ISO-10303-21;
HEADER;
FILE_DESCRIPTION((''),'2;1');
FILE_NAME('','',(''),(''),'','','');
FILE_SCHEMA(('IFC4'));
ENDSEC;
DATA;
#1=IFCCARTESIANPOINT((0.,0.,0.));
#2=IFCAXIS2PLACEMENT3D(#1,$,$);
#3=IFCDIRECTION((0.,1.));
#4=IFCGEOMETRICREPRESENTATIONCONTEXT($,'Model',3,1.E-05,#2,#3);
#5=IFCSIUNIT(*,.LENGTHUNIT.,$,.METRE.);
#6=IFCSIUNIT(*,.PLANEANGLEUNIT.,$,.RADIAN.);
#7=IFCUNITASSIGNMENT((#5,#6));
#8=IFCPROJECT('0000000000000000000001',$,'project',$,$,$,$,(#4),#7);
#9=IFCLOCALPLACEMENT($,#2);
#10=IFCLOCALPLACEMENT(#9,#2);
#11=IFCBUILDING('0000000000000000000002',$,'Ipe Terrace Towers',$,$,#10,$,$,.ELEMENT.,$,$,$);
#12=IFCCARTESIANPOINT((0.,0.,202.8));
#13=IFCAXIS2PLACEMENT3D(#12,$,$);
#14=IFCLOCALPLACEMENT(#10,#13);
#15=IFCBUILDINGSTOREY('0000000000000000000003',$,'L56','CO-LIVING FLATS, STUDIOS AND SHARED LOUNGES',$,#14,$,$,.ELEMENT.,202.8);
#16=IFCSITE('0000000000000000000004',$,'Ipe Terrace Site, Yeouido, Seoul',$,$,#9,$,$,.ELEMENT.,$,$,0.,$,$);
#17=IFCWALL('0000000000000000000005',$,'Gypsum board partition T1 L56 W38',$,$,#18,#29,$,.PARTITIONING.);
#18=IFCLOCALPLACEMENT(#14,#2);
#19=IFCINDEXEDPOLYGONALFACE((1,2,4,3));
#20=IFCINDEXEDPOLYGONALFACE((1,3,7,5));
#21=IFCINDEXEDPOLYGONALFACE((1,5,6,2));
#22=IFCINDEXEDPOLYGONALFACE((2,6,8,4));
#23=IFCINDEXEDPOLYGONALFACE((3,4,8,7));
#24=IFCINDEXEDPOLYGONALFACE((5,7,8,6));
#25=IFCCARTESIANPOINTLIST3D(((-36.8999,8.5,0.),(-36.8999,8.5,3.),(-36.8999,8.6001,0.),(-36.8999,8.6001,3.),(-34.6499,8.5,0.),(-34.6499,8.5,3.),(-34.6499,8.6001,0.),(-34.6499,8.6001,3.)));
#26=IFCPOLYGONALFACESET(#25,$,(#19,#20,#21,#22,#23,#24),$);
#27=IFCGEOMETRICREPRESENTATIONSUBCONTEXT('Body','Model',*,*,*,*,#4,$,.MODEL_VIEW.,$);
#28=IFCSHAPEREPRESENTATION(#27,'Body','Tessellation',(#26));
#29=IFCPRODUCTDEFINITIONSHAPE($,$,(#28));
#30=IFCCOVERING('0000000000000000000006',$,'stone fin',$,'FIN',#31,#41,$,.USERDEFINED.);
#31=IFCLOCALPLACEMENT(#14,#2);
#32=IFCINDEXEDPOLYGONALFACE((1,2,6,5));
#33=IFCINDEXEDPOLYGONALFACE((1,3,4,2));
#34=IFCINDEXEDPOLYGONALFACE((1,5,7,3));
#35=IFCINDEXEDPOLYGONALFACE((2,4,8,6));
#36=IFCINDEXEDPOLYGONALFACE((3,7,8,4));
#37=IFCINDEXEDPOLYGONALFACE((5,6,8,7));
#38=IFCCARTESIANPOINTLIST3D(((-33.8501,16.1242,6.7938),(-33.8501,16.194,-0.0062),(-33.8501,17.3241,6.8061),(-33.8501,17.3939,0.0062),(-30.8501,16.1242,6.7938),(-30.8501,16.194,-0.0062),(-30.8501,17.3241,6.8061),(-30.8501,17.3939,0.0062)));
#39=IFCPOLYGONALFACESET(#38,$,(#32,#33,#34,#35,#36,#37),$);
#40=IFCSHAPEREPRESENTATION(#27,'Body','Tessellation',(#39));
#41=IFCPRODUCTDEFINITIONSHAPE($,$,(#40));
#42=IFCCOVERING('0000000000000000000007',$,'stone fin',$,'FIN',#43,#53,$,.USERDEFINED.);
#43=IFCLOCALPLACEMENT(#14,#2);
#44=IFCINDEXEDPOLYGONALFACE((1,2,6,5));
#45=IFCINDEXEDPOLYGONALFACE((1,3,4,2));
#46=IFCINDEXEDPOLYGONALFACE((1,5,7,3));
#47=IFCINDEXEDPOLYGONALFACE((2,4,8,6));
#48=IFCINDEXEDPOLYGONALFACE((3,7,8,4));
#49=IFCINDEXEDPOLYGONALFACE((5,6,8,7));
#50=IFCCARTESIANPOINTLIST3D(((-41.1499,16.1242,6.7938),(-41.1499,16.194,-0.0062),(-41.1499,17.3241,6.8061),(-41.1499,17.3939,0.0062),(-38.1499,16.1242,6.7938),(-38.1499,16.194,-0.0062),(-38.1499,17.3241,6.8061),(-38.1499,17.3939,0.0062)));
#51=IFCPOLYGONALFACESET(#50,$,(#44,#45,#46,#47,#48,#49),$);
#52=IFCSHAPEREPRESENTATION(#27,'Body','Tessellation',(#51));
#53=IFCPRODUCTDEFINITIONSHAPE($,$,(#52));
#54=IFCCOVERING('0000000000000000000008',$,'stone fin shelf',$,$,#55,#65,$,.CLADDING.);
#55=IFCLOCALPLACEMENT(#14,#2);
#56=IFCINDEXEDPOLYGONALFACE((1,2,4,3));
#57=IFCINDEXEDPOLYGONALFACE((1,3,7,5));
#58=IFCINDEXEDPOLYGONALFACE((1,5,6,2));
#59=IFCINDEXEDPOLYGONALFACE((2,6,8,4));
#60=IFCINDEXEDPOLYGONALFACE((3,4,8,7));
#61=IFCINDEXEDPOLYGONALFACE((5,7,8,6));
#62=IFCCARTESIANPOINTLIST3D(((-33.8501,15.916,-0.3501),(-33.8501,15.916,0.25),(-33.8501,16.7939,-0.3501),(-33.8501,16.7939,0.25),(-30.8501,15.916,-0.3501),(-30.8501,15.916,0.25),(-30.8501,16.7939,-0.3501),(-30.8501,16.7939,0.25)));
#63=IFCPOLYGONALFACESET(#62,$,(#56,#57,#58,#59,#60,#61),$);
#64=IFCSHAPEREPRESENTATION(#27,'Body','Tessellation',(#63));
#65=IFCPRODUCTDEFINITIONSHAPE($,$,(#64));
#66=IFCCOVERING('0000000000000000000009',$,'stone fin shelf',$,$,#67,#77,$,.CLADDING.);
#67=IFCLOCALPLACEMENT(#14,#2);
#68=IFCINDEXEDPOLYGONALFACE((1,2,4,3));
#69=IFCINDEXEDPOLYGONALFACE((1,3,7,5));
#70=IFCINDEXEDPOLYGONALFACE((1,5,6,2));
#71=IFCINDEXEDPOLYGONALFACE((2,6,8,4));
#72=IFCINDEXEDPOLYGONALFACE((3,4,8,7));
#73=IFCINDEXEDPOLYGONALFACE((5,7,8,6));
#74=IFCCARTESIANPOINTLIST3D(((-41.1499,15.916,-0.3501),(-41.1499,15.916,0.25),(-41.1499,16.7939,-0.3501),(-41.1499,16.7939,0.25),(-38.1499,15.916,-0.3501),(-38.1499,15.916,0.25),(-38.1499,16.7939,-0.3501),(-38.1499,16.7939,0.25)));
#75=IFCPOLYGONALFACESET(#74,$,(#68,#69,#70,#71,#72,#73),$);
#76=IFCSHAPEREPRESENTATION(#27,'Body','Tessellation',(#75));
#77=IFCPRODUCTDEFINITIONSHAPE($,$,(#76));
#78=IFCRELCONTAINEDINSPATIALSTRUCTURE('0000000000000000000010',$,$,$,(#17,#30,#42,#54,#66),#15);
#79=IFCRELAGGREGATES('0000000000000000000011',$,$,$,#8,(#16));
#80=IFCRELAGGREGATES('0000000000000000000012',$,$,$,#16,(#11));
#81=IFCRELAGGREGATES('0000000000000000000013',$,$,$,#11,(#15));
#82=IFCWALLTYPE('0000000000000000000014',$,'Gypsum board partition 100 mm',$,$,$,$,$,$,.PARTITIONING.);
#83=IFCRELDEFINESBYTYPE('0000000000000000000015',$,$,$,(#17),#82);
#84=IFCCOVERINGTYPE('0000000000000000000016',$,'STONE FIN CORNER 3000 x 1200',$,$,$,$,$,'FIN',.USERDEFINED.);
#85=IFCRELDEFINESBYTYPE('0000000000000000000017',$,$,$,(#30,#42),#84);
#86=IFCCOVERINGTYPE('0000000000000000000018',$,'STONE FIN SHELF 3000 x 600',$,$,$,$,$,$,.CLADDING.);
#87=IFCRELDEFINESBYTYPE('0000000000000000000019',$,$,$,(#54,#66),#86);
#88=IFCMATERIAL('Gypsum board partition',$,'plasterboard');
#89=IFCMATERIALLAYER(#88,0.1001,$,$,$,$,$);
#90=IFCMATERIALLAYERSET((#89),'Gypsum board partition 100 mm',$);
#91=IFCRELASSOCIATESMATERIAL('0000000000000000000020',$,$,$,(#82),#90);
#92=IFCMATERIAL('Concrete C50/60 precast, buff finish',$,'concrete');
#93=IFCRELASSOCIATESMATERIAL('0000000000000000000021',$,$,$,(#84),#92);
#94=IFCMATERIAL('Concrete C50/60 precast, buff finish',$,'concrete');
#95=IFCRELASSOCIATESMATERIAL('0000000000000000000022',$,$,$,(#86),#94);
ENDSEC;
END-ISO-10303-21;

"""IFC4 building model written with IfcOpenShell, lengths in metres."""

from ifc_helpers import new_model, si_unit, direction, frame, frame_2d, origin, origin_2d, place, context, subcontext, project, spatial, rectangle, extrude, material, layer, layer_set, material_profile, profile_set, type_object, element, save


model = new_model("IFC4")

# Units and contexts
model_context = context("Model", 3, precision=1e-05, world=origin(), true_north=direction((0.0, 1.0)))
body_context = subcontext(model_context, "Body", "Model", "MODEL_VIEW")
ifc_project = project(units=[si_unit("LENGTHUNIT", "METRE"), si_unit("PLANEANGLEUNIT", "RADIAN")], contexts=[model_context])

# Site, building, storey
site_placement = place(None, origin())
site = spatial("IfcSite", under=ifc_project, at=site_placement, Name="Ipe Terrace Site, Yeouido, Seoul", CompositionType="ELEMENT", RefElevation=0.0)
building_placement = place(site_placement, origin())
building = spatial("IfcBuilding", under=site, at=building_placement, Name="Ipe Terrace Towers", CompositionType="ELEMENT")
storey_placement = place(building_placement, frame((0.0, 0.0, 202.8)))
storey = spatial("IfcBuildingStorey", under=building, at=storey_placement, Name="L56", Description="CO-LIVING FLATS, STUDIOS AND SHARED LOUNGES", CompositionType="ELEMENT", Elevation=202.8)

# Shared definitions
ifc_material_1 = material(Name="Gypsum board partition", Category="plasterboard")
ifc_layer_1 = layer(ifc_material_1, 0.1001)
ifc_layer_set_1 = layer_set([ifc_layer_1], Name="Gypsum board partition 100 mm")
wall_type_1 = type_object("IfcWallType", Name="Gypsum board partition 100 mm", PredefinedType="PARTITIONING", material=ifc_layer_set_1)

# Wall
wall_1_placement = place(storey_placement, frame((-36.8999, 8.55, 0.0), z_axis=(0.0, 0.0, 1.0), x_axis=(1.0, 0.0, 0.0)))
element("IfcWall", 1, at=wall_1_placement, inside=storey, type_object=wall_type_1, Name="Gypsum board partition T1 L56 W38", PredefinedType="PARTITIONING", context=body_context, shape_type="SweptSolid", body=[
    extrude(rectangle(XDim=2.25, YDim=0.1001, at=frame_2d((1.125, 0.0))), origin(), (0.0, 0.0, 1.0), 3.0),
])

# Coverings
ifc_material_2 = material(Name="Concrete C50/60 precast, buff finish", Category="concrete")
ifc_material_profile_1 = material_profile(ifc_material_2, rectangle(XDim=3.0, YDim=1.2, at=origin_2d()), Name="STONE FIN CORNER 3000 x 1200")
ifc_profile_set_1 = profile_set([ifc_material_profile_1], Name="Concrete C50/60 precast, buff finish")
covering_type_1 = type_object("IfcCoveringType", Name="STONE FIN CORNER 3000 x 1200", ElementType="FIN", PredefinedType="USERDEFINED", material=ifc_profile_set_1)
for number, where, z_axis, x_axis, name in (
    (2, (-32.3501, 16.7939, 0.0), (0.0, -0.010268, 0.999947), (-1.0, 0.0, 0.0), "stone fin"),
    (3, (-39.6499, 16.7939, 0.0), (0.0, -0.010268, 0.999947), (-1.0, 0.0, 0.0), "stone fin"),
):
    element("IfcCovering", number, at=place(storey_placement, frame(where, z_axis=z_axis, x_axis=x_axis)), inside=storey, type_object=covering_type_1, Name=name, ObjectType="FIN", PredefinedType="USERDEFINED", context=body_context, shape_type="SweptSolid", body=[
        extrude(rectangle(XDim=3.0, YDim=1.2, at=origin_2d()), origin(), (0.0, 0.0, 1.0), 6.8003),
    ])
ifc_material_3 = material(Name="Concrete C50/60 precast, buff finish", Category="concrete")
covering_type_2 = type_object("IfcCoveringType", Name="STONE FIN SHELF 3000 x 600", PredefinedType="CLADDING", material=ifc_material_3)
for number, where, z_axis, x_axis, name in (
    (4, (-32.3501, 16.355, -0.3501), (0.0, 0.0, 1.0), (-1.0, 0.0, 0.0), "stone fin shelf"),
    (5, (-39.6499, 16.355, -0.3501), (0.0, 0.0, 1.0), (-1.0, 0.0, 0.0), "stone fin shelf"),
):
    element("IfcCovering", number, at=place(storey_placement, frame(where, z_axis=z_axis, x_axis=x_axis)), inside=storey, type_object=covering_type_2, Name=name, PredefinedType="CLADDING", context=body_context, shape_type="SweptSolid", body=[
        extrude(rectangle(XDim=3.0, YDim=0.8779, at=origin_2d()), origin(), (0.0, 0.0, 1.0), 0.6001),
    ])

save(model, "model.ifc")
